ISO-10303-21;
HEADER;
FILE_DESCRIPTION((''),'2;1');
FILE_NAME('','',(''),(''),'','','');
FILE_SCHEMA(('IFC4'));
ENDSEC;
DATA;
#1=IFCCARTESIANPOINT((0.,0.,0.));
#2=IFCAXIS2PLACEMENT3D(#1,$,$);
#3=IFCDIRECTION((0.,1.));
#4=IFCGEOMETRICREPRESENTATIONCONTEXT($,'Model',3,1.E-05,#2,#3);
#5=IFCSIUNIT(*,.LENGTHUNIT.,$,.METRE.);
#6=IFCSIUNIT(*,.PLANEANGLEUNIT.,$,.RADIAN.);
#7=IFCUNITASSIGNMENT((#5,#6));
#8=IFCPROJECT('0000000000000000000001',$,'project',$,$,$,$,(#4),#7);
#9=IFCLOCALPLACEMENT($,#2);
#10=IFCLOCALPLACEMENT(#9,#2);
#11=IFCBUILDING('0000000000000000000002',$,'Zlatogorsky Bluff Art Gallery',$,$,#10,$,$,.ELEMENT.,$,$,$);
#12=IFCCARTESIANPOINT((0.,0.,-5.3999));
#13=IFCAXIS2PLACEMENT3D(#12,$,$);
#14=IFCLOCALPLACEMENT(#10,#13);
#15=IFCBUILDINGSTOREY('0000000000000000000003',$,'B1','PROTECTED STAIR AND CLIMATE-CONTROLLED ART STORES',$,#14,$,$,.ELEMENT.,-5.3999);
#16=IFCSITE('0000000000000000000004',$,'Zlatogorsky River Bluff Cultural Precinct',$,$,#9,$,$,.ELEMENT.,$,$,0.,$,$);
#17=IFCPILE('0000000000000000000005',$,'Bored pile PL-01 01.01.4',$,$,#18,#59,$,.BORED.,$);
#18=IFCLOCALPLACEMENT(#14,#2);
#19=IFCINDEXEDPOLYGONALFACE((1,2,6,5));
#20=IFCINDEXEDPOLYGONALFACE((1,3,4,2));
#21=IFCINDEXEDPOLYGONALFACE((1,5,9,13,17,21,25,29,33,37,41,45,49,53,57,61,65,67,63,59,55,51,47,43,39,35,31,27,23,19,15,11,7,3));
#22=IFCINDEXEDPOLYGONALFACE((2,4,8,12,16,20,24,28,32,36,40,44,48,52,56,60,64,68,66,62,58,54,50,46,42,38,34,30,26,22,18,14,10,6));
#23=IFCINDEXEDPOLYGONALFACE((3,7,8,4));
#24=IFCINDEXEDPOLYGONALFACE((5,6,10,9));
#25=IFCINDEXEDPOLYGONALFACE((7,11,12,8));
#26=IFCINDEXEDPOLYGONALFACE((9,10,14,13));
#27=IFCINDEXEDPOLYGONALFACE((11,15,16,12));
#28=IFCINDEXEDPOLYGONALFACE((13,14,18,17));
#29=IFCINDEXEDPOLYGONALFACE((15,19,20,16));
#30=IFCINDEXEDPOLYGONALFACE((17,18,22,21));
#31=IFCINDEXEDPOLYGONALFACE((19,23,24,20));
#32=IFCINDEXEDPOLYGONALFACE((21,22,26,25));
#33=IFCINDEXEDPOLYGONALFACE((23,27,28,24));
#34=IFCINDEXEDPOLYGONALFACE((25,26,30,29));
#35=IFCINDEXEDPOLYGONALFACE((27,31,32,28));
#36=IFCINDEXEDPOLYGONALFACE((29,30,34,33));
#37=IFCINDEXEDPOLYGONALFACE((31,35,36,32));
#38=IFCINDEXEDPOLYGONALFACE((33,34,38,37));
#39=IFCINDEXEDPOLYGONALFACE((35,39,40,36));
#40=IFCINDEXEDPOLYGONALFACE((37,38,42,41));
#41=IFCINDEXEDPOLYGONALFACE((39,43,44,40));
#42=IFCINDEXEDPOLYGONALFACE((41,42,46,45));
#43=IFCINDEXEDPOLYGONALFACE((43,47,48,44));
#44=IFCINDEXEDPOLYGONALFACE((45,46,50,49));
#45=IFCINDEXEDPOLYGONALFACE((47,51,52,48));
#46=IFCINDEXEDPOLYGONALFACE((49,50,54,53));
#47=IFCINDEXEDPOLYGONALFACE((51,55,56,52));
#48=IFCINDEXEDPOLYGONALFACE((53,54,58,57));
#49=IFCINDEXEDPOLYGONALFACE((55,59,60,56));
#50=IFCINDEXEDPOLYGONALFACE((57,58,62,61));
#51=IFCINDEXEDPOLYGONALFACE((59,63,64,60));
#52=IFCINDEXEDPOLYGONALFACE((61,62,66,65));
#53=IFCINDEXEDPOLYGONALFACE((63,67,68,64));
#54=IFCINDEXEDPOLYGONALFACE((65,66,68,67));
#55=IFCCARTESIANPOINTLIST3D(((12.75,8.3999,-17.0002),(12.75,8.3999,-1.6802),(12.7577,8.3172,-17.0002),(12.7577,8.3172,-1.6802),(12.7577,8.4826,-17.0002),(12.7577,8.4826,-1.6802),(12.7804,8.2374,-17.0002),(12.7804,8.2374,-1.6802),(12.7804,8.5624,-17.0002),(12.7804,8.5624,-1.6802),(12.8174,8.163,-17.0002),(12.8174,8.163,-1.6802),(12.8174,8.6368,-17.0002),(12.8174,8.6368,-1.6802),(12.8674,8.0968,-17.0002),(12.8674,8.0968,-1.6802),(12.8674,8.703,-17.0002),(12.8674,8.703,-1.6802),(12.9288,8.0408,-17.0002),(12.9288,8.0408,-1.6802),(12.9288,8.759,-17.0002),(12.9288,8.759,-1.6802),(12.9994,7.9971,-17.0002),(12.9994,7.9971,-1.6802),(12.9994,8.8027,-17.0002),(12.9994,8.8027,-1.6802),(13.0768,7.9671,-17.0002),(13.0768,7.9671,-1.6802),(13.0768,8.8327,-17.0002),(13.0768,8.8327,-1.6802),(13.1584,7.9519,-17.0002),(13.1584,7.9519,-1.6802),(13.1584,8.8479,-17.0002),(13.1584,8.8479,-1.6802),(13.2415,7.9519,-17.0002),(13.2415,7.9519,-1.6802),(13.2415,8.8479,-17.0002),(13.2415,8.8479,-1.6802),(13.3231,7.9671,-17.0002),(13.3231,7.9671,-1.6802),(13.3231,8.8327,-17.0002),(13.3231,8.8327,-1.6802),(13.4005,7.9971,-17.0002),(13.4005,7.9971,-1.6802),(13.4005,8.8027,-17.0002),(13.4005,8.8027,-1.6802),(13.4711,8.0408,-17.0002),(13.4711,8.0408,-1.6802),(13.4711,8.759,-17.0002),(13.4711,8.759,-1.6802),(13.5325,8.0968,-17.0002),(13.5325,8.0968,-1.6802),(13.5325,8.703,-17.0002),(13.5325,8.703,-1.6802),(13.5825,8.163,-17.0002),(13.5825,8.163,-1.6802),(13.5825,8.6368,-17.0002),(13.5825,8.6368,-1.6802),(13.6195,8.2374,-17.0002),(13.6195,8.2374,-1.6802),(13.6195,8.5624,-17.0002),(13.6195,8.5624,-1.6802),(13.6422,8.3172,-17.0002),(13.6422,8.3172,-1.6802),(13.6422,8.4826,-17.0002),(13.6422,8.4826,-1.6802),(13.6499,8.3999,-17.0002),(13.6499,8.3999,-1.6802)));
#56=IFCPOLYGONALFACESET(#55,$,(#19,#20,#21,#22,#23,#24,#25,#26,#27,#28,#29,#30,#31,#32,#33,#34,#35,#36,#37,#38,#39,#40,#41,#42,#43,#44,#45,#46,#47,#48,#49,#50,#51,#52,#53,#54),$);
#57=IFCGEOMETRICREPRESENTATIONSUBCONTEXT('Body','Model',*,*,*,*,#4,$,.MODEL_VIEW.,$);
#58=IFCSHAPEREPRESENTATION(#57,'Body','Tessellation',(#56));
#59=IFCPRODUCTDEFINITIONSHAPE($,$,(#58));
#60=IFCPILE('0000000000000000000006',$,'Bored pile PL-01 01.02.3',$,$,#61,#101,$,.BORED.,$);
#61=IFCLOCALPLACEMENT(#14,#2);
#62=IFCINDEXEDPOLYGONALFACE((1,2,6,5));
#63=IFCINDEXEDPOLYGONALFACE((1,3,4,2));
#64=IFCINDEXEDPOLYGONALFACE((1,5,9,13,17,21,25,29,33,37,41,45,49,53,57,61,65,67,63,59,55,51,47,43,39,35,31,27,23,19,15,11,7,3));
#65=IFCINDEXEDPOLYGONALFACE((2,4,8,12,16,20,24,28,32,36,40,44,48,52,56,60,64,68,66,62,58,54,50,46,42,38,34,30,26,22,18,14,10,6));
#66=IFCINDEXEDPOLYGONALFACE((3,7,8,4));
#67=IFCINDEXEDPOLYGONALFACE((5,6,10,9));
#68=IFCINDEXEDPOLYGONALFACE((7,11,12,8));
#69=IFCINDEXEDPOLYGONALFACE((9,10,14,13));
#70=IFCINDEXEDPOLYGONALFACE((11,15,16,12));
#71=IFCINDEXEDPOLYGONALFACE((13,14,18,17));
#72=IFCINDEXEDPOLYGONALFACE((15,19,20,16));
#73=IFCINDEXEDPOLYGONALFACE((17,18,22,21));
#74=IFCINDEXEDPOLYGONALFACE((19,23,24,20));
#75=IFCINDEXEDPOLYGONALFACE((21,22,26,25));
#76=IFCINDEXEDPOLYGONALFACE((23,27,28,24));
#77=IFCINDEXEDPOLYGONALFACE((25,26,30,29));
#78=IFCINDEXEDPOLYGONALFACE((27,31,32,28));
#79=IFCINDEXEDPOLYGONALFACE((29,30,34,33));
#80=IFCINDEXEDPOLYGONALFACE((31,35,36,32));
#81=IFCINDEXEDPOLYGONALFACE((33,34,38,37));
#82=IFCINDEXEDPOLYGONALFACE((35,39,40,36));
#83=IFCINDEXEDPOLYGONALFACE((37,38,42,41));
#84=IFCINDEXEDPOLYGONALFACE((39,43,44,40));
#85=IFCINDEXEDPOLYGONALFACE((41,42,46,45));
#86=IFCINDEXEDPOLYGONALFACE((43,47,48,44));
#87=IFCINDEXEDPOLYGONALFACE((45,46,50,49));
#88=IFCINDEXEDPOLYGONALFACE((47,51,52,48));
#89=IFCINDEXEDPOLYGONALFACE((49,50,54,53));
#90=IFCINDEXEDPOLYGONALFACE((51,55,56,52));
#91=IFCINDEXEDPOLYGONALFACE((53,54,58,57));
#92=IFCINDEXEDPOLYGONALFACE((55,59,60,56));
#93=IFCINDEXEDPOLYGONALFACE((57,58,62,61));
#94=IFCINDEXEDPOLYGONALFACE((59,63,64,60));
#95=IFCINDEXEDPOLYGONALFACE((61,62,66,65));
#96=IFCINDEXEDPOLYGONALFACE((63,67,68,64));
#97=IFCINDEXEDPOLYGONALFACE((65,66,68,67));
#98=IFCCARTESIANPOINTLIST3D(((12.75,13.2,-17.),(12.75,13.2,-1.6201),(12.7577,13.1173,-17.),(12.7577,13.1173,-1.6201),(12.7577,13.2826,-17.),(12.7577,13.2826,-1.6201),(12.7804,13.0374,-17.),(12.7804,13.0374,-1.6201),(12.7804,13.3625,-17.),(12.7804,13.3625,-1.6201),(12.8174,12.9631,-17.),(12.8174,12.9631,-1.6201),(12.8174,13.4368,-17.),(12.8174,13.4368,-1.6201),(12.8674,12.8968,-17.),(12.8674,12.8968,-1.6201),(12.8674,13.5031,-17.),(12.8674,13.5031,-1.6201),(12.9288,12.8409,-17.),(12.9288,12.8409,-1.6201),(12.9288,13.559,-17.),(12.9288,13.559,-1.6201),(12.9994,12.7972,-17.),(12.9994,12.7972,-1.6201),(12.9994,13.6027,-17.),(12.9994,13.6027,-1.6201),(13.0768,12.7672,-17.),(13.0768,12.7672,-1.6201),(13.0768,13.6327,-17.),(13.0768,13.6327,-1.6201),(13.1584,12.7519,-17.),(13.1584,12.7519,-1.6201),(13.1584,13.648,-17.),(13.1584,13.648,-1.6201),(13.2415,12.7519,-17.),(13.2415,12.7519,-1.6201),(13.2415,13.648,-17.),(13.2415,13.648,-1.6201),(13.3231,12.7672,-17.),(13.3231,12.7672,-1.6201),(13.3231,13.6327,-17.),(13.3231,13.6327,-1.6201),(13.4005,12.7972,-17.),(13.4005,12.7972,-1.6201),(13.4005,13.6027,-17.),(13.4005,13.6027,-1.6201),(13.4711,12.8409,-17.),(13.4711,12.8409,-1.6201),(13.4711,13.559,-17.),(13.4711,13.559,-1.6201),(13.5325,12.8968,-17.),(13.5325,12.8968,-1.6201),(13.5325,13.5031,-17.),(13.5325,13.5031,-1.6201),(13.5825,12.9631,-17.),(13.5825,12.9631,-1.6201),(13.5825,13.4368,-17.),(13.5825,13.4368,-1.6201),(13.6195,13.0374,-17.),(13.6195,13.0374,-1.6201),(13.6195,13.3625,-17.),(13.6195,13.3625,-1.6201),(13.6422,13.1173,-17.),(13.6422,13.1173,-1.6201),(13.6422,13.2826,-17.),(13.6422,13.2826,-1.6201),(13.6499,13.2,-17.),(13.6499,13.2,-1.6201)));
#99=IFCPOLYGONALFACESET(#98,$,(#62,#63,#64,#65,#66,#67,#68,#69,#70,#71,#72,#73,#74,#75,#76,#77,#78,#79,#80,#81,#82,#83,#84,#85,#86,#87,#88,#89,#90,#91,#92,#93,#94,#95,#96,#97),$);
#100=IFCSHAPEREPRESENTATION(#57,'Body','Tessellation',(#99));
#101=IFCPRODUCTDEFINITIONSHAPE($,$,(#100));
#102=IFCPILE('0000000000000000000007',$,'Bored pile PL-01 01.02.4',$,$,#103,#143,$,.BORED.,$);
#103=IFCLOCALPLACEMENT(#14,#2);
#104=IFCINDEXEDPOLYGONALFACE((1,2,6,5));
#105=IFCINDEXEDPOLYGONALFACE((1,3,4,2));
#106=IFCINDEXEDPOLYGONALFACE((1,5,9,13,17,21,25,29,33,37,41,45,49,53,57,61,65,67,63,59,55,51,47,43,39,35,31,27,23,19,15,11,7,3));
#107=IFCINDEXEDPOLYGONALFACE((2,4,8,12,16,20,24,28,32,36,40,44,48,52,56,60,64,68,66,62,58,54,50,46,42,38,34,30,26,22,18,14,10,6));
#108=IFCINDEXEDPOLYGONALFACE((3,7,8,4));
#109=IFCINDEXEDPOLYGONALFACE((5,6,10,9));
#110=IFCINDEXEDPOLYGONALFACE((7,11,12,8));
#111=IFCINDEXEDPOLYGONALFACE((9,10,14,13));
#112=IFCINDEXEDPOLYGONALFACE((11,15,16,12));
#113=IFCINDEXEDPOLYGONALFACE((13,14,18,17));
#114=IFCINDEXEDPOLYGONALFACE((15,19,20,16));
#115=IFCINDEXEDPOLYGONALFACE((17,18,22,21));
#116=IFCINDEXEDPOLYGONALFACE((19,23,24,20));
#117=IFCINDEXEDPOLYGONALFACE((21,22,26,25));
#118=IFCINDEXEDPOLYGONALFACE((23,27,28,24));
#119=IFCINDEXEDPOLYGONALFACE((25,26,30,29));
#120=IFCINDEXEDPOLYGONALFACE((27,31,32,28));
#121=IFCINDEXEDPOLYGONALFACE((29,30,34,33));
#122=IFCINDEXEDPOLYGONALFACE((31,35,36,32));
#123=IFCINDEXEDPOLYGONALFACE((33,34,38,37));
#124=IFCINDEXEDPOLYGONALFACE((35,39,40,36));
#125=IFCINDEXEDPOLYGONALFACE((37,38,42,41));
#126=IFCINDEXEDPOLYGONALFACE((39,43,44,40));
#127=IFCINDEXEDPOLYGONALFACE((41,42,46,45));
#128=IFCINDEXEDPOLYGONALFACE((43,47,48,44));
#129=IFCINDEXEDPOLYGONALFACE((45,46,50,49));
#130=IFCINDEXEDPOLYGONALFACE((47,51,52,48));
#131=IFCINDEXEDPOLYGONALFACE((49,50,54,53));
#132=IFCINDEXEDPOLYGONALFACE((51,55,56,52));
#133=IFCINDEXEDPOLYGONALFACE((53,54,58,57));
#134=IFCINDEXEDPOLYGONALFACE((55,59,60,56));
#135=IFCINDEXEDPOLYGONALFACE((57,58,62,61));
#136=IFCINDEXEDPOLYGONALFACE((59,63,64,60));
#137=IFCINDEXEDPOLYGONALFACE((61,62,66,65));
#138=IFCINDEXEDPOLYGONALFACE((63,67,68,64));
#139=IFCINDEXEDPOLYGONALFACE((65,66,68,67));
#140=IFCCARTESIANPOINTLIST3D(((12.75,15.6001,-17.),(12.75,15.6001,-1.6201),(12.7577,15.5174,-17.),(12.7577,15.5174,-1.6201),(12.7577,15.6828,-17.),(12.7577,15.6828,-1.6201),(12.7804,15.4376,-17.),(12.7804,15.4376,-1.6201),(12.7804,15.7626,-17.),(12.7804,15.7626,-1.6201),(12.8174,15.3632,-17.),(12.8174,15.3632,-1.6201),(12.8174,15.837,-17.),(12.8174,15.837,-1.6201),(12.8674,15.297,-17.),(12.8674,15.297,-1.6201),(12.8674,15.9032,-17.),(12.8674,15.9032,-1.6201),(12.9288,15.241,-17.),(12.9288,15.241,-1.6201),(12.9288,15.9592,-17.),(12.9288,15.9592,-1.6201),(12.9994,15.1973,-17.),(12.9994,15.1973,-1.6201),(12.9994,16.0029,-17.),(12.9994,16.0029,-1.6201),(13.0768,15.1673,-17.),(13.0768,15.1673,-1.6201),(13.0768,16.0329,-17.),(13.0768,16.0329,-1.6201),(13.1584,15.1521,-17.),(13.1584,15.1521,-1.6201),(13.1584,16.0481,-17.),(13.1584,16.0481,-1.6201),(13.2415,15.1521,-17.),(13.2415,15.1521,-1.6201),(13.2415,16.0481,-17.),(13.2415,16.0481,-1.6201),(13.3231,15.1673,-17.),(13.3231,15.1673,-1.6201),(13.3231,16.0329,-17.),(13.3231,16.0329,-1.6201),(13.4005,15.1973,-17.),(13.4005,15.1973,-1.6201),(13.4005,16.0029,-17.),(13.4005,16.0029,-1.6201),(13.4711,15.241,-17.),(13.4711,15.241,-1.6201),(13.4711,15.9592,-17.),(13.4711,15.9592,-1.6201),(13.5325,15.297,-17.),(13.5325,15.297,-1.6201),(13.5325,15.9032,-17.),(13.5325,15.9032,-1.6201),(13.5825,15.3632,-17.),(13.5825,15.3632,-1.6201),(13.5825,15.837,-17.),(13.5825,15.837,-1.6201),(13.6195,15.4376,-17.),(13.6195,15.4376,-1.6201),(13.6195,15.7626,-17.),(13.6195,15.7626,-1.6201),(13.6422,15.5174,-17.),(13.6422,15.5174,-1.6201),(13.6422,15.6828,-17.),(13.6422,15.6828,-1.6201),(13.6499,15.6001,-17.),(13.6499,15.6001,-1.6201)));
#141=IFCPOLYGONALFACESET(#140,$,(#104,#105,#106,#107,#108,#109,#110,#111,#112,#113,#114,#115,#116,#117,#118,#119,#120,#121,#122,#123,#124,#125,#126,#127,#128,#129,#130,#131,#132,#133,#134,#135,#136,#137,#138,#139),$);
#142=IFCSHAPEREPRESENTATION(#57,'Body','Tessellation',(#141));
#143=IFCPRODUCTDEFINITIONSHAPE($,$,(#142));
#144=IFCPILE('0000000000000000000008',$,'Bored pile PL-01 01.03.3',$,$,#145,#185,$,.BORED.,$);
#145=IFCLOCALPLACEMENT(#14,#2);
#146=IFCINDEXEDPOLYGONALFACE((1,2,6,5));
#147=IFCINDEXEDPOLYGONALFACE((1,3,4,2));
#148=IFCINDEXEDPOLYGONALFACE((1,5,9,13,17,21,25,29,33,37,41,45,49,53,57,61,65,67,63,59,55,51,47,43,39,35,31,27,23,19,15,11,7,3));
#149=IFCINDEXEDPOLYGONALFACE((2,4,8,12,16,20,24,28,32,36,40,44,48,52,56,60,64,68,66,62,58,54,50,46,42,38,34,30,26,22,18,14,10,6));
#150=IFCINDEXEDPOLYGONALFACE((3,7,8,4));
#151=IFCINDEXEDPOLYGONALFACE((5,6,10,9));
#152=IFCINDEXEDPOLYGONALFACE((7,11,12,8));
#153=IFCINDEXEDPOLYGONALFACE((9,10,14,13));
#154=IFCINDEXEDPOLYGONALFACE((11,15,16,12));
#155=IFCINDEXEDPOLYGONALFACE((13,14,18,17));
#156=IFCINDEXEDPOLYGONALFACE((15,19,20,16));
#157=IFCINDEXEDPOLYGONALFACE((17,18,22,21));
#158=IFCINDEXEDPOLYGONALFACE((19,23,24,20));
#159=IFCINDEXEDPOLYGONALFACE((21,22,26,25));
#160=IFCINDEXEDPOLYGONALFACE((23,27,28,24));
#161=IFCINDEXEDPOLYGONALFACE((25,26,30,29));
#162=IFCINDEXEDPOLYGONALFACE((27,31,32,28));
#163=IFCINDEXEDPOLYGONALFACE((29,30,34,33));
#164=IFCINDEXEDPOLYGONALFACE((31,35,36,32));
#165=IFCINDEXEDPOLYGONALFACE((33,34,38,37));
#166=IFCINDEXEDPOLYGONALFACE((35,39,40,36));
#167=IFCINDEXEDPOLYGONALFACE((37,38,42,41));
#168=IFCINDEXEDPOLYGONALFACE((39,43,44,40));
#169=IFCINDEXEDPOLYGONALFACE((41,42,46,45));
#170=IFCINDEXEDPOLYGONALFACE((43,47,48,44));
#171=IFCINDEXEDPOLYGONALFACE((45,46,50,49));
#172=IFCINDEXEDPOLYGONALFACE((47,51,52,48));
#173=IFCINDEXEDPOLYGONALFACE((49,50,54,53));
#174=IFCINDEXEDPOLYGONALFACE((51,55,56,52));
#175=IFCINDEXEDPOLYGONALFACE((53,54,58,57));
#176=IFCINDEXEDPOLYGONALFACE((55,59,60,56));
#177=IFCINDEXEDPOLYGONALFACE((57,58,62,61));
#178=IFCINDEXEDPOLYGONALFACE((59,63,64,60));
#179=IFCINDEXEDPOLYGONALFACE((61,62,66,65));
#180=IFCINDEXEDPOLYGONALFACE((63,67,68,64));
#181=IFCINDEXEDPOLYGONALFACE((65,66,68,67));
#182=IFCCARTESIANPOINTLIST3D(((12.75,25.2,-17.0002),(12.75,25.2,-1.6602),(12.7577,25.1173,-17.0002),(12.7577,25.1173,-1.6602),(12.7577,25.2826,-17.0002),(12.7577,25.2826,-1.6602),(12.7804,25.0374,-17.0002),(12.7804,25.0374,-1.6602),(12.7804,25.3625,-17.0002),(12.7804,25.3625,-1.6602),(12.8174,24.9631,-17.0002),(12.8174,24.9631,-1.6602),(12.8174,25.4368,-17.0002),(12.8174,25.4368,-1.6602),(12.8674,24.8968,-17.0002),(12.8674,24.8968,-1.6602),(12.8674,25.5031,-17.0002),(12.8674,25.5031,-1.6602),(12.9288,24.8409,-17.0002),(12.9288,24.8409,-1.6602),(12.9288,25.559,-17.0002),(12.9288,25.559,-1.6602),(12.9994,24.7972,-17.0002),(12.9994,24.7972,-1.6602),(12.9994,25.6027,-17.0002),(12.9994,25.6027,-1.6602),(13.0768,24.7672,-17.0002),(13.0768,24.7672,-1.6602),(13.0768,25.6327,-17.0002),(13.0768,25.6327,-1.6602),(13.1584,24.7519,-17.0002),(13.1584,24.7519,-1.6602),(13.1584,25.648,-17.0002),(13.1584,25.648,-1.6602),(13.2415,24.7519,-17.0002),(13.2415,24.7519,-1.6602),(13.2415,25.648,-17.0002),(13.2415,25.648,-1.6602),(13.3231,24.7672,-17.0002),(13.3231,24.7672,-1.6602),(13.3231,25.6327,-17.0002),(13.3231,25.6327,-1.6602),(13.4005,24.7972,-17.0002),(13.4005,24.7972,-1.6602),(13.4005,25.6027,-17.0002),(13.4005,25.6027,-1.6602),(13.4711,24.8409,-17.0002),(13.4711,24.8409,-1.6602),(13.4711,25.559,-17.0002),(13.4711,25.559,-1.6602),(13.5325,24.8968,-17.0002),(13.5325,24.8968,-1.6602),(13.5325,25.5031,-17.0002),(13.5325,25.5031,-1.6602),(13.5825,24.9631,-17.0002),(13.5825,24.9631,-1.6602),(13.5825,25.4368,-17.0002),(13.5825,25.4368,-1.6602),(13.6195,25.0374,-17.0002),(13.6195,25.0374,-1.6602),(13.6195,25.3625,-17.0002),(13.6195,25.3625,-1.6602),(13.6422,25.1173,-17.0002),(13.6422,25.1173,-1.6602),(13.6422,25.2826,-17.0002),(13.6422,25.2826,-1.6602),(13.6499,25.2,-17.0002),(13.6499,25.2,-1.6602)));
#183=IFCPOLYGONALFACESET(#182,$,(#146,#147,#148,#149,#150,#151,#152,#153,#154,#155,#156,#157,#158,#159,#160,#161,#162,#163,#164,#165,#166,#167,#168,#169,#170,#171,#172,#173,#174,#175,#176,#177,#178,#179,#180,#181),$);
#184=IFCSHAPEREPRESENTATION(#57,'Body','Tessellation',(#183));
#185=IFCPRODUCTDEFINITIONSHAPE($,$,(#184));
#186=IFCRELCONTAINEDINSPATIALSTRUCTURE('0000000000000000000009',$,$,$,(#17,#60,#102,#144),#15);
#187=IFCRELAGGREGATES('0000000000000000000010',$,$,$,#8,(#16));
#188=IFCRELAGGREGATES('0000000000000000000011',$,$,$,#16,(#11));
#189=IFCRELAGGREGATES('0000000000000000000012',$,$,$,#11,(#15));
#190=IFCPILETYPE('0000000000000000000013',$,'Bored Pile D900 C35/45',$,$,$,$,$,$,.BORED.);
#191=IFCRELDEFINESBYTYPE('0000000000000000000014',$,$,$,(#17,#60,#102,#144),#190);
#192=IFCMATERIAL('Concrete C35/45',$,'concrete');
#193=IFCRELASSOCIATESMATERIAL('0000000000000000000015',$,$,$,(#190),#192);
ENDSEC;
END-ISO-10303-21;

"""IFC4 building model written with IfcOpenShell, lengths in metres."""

from ifc_helpers import new_model, si_unit, direction, frame, origin, origin_2d, place, context, subcontext, project, spatial, circle, extrude, material, material_profile, profile_set, type_object, element, save


model = new_model("IFC4")

# Units and contexts
model_context = context("Model", 3, precision=1e-05, world=origin(), true_north=direction((0.0, 1.0)))
body_context = subcontext(model_context, "Body", "Model", "MODEL_VIEW")
ifc_project = project(units=[si_unit("LENGTHUNIT", "METRE"), si_unit("PLANEANGLEUNIT", "RADIAN")], contexts=[model_context])

# Site, building, storey
site_placement = place(None, origin())
site = spatial("IfcSite", under=ifc_project, at=site_placement, Name="Zlatogorsky River Bluff Cultural Precinct", CompositionType="ELEMENT", RefElevation=0.0)
building_placement = place(site_placement, origin())
building = spatial("IfcBuilding", under=site, at=building_placement, Name="Zlatogorsky Bluff Art Gallery", CompositionType="ELEMENT")
storey_placement = place(building_placement, frame((0.0, 0.0, -5.3999)))
storey = spatial("IfcBuildingStorey", under=building, at=storey_placement, Name="B1", Description="PROTECTED STAIR AND CLIMATE-CONTROLLED ART STORES", CompositionType="ELEMENT", Elevation=-5.3999)

# Piles
ifc_material_1 = material(Name="Concrete C35/45", Category="concrete")
ifc_material_profile_1 = material_profile(ifc_material_1, circle(Radius=0.45, at=origin_2d()), Name="BORED PILE D900")
ifc_profile_set_1 = profile_set([ifc_material_profile_1], Name="Concrete C35/45")
pile_type = type_object("IfcPileType", Name="Bored Pile D900 C35/45", PredefinedType="BORED", material=ifc_profile_set_1)
pile_1_placement = place(storey_placement, frame((13.2, 8.3999, -1.6802), z_axis=(0.0, 0.0, -1.0), x_axis=(1.0, 0.0, 0.0)))
element("IfcPile", 1, at=pile_1_placement, inside=storey, type_object=pile_type, Name="Bored pile PL-01 01.01.4", PredefinedType="BORED", context=body_context, shape_type="SweptSolid", body=[
    extrude(circle(Radius=0.45, at=origin_2d()), origin(), (0.0, 0.0, 1.0), 15.3201),
])
for number, where, z_axis, x_axis, name in (
    (2, (13.2, 13.2, -1.6201), (0.0, 0.0, -1.0), (1.0, 0.0, 0.0), "Bored pile PL-01 01.02.3"),
    (3, (13.2, 15.6001, -1.6201), (0.0, 0.0, -1.0), (1.0, 0.0, 0.0), "Bored pile PL-01 01.02.4"),
):
    element("IfcPile", number, at=place(storey_placement, frame(where, z_axis=z_axis, x_axis=x_axis)), inside=storey, type_object=pile_type, Name=name, PredefinedType="BORED", context=body_context, shape_type="SweptSolid", body=[
        extrude(circle(Radius=0.45, at=origin_2d()), origin(), (0.0, 0.0, 1.0), 15.3799),
    ])
pile_2_placement = place(storey_placement, frame((13.2, 25.2, -1.6602), z_axis=(0.0, 0.0, -1.0), x_axis=(1.0, 0.0, 0.0)))
element("IfcPile", 4, at=pile_2_placement, inside=storey, type_object=pile_type, Name="Bored pile PL-01 01.03.3", PredefinedType="BORED", context=body_context, shape_type="SweptSolid", body=[
    extrude(circle(Radius=0.45, at=origin_2d()), origin(), (0.0, 0.0, 1.0), 15.3401),
])

save(model, "model.ifc")
